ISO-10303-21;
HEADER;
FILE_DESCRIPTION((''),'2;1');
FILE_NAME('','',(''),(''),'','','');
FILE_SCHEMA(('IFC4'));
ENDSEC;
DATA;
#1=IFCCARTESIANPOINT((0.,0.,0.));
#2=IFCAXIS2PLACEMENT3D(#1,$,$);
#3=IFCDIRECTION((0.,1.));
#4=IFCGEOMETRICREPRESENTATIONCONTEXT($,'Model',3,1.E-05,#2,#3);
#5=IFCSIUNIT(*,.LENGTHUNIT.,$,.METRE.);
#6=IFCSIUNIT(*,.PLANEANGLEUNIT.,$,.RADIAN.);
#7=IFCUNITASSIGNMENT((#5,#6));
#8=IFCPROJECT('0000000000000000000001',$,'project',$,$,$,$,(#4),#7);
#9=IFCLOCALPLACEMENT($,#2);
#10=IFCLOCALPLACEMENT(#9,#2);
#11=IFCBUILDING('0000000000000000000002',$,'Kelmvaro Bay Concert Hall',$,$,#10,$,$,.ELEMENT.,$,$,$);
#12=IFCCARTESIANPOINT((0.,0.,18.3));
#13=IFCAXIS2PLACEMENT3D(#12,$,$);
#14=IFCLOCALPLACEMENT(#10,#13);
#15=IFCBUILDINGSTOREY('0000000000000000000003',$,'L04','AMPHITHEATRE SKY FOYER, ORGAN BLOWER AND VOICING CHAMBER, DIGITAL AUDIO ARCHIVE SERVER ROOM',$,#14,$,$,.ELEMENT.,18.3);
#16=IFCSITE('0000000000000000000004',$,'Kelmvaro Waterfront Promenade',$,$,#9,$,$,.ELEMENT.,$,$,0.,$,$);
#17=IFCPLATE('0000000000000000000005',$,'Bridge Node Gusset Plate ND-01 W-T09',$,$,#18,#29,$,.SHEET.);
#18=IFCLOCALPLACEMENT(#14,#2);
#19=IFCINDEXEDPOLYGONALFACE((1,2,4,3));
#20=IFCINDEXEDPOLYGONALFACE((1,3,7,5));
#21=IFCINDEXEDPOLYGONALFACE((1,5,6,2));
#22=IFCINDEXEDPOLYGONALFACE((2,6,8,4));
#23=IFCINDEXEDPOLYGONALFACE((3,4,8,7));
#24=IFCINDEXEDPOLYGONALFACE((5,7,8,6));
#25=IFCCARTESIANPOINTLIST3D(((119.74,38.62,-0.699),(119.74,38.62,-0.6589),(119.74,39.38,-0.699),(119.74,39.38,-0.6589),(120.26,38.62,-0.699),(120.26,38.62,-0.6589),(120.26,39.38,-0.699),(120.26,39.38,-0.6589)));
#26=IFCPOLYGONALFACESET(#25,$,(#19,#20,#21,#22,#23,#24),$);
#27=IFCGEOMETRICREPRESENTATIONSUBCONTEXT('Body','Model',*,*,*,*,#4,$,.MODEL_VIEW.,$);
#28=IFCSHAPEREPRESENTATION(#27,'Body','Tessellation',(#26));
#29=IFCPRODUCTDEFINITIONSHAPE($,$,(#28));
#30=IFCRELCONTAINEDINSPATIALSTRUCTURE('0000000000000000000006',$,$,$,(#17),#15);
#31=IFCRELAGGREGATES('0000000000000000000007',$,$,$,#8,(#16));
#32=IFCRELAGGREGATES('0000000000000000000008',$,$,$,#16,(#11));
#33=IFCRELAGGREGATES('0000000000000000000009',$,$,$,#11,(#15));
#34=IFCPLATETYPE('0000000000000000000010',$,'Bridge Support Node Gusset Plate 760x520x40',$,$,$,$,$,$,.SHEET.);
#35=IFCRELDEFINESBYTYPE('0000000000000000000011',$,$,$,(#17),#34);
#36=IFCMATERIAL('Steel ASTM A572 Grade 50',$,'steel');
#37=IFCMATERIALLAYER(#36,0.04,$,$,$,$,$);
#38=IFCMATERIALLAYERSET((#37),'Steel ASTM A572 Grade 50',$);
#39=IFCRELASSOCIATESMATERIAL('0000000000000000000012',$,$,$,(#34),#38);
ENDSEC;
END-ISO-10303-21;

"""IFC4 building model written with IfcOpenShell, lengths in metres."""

from ifc_helpers import new_model, si_unit, direction, frame, origin, origin_2d, place, context, subcontext, project, spatial, rectangle, extrude, material, layer, layer_set, type_object, element, save


model = new_model("IFC4")

# Units and contexts
model_context = context("Model", 3, precision=1e-05, world=origin(), true_north=direction((0.0, 1.0)))
body_context = subcontext(model_context, "Body", "Model", "MODEL_VIEW")
ifc_project = project(units=[si_unit("LENGTHUNIT", "METRE"), si_unit("PLANEANGLEUNIT", "RADIAN")], contexts=[model_context])

# Site, building, storey
site_placement = place(None, origin())
site = spatial("IfcSite", under=ifc_project, at=site_placement, Name="Kelmvaro Waterfront Promenade", CompositionType="ELEMENT", RefElevation=0.0)
building_placement = place(site_placement, origin())
building = spatial("IfcBuilding", under=site, at=building_placement, Name="Kelmvaro Bay Concert Hall", CompositionType="ELEMENT")
storey_placement = place(building_placement, frame((0.0, 0.0, 18.3)))
storey = spatial("IfcBuildingStorey", under=building, at=storey_placement, Name="L04", Description="AMPHITHEATRE SKY FOYER, ORGAN BLOWER AND VOICING CHAMBER, DIGITAL AUDIO ARCHIVE SERVER ROOM", CompositionType="ELEMENT", Elevation=18.3)

# Plate
ifc_material_1 = material(Name="Steel ASTM A572 Grade 50", Category="steel")
ifc_layer_1 = layer(ifc_material_1, 0.04)
ifc_layer_set_1 = layer_set([ifc_layer_1], Name="Steel ASTM A572 Grade 50")
plate_type_1 = type_object("IfcPlateType", Name="Bridge Support Node Gusset Plate 760x520x40", PredefinedType="SHEET", material=ifc_layer_set_1)
for number, where, z_axis, x_axis, name in (
    (1, (120.0, 39.0, -0.699), (0.0, 0.0, 1.0), (0.0, 1.0, 0.0), "Bridge Node Gusset Plate ND-01 W-T09"),
):
    element("IfcPlate", number, at=place(storey_placement, frame(where, z_axis=z_axis, x_axis=x_axis)), inside=storey, type_object=plate_type_1, Name=name, PredefinedType="SHEET", context=body_context, shape_type="SweptSolid", body=[
        extrude(rectangle(XDim=0.76, YDim=0.52, at=origin_2d()), origin(), (0.0, 0.0, 1.0), 0.04),
    ])

save(model, "model.ifc")
